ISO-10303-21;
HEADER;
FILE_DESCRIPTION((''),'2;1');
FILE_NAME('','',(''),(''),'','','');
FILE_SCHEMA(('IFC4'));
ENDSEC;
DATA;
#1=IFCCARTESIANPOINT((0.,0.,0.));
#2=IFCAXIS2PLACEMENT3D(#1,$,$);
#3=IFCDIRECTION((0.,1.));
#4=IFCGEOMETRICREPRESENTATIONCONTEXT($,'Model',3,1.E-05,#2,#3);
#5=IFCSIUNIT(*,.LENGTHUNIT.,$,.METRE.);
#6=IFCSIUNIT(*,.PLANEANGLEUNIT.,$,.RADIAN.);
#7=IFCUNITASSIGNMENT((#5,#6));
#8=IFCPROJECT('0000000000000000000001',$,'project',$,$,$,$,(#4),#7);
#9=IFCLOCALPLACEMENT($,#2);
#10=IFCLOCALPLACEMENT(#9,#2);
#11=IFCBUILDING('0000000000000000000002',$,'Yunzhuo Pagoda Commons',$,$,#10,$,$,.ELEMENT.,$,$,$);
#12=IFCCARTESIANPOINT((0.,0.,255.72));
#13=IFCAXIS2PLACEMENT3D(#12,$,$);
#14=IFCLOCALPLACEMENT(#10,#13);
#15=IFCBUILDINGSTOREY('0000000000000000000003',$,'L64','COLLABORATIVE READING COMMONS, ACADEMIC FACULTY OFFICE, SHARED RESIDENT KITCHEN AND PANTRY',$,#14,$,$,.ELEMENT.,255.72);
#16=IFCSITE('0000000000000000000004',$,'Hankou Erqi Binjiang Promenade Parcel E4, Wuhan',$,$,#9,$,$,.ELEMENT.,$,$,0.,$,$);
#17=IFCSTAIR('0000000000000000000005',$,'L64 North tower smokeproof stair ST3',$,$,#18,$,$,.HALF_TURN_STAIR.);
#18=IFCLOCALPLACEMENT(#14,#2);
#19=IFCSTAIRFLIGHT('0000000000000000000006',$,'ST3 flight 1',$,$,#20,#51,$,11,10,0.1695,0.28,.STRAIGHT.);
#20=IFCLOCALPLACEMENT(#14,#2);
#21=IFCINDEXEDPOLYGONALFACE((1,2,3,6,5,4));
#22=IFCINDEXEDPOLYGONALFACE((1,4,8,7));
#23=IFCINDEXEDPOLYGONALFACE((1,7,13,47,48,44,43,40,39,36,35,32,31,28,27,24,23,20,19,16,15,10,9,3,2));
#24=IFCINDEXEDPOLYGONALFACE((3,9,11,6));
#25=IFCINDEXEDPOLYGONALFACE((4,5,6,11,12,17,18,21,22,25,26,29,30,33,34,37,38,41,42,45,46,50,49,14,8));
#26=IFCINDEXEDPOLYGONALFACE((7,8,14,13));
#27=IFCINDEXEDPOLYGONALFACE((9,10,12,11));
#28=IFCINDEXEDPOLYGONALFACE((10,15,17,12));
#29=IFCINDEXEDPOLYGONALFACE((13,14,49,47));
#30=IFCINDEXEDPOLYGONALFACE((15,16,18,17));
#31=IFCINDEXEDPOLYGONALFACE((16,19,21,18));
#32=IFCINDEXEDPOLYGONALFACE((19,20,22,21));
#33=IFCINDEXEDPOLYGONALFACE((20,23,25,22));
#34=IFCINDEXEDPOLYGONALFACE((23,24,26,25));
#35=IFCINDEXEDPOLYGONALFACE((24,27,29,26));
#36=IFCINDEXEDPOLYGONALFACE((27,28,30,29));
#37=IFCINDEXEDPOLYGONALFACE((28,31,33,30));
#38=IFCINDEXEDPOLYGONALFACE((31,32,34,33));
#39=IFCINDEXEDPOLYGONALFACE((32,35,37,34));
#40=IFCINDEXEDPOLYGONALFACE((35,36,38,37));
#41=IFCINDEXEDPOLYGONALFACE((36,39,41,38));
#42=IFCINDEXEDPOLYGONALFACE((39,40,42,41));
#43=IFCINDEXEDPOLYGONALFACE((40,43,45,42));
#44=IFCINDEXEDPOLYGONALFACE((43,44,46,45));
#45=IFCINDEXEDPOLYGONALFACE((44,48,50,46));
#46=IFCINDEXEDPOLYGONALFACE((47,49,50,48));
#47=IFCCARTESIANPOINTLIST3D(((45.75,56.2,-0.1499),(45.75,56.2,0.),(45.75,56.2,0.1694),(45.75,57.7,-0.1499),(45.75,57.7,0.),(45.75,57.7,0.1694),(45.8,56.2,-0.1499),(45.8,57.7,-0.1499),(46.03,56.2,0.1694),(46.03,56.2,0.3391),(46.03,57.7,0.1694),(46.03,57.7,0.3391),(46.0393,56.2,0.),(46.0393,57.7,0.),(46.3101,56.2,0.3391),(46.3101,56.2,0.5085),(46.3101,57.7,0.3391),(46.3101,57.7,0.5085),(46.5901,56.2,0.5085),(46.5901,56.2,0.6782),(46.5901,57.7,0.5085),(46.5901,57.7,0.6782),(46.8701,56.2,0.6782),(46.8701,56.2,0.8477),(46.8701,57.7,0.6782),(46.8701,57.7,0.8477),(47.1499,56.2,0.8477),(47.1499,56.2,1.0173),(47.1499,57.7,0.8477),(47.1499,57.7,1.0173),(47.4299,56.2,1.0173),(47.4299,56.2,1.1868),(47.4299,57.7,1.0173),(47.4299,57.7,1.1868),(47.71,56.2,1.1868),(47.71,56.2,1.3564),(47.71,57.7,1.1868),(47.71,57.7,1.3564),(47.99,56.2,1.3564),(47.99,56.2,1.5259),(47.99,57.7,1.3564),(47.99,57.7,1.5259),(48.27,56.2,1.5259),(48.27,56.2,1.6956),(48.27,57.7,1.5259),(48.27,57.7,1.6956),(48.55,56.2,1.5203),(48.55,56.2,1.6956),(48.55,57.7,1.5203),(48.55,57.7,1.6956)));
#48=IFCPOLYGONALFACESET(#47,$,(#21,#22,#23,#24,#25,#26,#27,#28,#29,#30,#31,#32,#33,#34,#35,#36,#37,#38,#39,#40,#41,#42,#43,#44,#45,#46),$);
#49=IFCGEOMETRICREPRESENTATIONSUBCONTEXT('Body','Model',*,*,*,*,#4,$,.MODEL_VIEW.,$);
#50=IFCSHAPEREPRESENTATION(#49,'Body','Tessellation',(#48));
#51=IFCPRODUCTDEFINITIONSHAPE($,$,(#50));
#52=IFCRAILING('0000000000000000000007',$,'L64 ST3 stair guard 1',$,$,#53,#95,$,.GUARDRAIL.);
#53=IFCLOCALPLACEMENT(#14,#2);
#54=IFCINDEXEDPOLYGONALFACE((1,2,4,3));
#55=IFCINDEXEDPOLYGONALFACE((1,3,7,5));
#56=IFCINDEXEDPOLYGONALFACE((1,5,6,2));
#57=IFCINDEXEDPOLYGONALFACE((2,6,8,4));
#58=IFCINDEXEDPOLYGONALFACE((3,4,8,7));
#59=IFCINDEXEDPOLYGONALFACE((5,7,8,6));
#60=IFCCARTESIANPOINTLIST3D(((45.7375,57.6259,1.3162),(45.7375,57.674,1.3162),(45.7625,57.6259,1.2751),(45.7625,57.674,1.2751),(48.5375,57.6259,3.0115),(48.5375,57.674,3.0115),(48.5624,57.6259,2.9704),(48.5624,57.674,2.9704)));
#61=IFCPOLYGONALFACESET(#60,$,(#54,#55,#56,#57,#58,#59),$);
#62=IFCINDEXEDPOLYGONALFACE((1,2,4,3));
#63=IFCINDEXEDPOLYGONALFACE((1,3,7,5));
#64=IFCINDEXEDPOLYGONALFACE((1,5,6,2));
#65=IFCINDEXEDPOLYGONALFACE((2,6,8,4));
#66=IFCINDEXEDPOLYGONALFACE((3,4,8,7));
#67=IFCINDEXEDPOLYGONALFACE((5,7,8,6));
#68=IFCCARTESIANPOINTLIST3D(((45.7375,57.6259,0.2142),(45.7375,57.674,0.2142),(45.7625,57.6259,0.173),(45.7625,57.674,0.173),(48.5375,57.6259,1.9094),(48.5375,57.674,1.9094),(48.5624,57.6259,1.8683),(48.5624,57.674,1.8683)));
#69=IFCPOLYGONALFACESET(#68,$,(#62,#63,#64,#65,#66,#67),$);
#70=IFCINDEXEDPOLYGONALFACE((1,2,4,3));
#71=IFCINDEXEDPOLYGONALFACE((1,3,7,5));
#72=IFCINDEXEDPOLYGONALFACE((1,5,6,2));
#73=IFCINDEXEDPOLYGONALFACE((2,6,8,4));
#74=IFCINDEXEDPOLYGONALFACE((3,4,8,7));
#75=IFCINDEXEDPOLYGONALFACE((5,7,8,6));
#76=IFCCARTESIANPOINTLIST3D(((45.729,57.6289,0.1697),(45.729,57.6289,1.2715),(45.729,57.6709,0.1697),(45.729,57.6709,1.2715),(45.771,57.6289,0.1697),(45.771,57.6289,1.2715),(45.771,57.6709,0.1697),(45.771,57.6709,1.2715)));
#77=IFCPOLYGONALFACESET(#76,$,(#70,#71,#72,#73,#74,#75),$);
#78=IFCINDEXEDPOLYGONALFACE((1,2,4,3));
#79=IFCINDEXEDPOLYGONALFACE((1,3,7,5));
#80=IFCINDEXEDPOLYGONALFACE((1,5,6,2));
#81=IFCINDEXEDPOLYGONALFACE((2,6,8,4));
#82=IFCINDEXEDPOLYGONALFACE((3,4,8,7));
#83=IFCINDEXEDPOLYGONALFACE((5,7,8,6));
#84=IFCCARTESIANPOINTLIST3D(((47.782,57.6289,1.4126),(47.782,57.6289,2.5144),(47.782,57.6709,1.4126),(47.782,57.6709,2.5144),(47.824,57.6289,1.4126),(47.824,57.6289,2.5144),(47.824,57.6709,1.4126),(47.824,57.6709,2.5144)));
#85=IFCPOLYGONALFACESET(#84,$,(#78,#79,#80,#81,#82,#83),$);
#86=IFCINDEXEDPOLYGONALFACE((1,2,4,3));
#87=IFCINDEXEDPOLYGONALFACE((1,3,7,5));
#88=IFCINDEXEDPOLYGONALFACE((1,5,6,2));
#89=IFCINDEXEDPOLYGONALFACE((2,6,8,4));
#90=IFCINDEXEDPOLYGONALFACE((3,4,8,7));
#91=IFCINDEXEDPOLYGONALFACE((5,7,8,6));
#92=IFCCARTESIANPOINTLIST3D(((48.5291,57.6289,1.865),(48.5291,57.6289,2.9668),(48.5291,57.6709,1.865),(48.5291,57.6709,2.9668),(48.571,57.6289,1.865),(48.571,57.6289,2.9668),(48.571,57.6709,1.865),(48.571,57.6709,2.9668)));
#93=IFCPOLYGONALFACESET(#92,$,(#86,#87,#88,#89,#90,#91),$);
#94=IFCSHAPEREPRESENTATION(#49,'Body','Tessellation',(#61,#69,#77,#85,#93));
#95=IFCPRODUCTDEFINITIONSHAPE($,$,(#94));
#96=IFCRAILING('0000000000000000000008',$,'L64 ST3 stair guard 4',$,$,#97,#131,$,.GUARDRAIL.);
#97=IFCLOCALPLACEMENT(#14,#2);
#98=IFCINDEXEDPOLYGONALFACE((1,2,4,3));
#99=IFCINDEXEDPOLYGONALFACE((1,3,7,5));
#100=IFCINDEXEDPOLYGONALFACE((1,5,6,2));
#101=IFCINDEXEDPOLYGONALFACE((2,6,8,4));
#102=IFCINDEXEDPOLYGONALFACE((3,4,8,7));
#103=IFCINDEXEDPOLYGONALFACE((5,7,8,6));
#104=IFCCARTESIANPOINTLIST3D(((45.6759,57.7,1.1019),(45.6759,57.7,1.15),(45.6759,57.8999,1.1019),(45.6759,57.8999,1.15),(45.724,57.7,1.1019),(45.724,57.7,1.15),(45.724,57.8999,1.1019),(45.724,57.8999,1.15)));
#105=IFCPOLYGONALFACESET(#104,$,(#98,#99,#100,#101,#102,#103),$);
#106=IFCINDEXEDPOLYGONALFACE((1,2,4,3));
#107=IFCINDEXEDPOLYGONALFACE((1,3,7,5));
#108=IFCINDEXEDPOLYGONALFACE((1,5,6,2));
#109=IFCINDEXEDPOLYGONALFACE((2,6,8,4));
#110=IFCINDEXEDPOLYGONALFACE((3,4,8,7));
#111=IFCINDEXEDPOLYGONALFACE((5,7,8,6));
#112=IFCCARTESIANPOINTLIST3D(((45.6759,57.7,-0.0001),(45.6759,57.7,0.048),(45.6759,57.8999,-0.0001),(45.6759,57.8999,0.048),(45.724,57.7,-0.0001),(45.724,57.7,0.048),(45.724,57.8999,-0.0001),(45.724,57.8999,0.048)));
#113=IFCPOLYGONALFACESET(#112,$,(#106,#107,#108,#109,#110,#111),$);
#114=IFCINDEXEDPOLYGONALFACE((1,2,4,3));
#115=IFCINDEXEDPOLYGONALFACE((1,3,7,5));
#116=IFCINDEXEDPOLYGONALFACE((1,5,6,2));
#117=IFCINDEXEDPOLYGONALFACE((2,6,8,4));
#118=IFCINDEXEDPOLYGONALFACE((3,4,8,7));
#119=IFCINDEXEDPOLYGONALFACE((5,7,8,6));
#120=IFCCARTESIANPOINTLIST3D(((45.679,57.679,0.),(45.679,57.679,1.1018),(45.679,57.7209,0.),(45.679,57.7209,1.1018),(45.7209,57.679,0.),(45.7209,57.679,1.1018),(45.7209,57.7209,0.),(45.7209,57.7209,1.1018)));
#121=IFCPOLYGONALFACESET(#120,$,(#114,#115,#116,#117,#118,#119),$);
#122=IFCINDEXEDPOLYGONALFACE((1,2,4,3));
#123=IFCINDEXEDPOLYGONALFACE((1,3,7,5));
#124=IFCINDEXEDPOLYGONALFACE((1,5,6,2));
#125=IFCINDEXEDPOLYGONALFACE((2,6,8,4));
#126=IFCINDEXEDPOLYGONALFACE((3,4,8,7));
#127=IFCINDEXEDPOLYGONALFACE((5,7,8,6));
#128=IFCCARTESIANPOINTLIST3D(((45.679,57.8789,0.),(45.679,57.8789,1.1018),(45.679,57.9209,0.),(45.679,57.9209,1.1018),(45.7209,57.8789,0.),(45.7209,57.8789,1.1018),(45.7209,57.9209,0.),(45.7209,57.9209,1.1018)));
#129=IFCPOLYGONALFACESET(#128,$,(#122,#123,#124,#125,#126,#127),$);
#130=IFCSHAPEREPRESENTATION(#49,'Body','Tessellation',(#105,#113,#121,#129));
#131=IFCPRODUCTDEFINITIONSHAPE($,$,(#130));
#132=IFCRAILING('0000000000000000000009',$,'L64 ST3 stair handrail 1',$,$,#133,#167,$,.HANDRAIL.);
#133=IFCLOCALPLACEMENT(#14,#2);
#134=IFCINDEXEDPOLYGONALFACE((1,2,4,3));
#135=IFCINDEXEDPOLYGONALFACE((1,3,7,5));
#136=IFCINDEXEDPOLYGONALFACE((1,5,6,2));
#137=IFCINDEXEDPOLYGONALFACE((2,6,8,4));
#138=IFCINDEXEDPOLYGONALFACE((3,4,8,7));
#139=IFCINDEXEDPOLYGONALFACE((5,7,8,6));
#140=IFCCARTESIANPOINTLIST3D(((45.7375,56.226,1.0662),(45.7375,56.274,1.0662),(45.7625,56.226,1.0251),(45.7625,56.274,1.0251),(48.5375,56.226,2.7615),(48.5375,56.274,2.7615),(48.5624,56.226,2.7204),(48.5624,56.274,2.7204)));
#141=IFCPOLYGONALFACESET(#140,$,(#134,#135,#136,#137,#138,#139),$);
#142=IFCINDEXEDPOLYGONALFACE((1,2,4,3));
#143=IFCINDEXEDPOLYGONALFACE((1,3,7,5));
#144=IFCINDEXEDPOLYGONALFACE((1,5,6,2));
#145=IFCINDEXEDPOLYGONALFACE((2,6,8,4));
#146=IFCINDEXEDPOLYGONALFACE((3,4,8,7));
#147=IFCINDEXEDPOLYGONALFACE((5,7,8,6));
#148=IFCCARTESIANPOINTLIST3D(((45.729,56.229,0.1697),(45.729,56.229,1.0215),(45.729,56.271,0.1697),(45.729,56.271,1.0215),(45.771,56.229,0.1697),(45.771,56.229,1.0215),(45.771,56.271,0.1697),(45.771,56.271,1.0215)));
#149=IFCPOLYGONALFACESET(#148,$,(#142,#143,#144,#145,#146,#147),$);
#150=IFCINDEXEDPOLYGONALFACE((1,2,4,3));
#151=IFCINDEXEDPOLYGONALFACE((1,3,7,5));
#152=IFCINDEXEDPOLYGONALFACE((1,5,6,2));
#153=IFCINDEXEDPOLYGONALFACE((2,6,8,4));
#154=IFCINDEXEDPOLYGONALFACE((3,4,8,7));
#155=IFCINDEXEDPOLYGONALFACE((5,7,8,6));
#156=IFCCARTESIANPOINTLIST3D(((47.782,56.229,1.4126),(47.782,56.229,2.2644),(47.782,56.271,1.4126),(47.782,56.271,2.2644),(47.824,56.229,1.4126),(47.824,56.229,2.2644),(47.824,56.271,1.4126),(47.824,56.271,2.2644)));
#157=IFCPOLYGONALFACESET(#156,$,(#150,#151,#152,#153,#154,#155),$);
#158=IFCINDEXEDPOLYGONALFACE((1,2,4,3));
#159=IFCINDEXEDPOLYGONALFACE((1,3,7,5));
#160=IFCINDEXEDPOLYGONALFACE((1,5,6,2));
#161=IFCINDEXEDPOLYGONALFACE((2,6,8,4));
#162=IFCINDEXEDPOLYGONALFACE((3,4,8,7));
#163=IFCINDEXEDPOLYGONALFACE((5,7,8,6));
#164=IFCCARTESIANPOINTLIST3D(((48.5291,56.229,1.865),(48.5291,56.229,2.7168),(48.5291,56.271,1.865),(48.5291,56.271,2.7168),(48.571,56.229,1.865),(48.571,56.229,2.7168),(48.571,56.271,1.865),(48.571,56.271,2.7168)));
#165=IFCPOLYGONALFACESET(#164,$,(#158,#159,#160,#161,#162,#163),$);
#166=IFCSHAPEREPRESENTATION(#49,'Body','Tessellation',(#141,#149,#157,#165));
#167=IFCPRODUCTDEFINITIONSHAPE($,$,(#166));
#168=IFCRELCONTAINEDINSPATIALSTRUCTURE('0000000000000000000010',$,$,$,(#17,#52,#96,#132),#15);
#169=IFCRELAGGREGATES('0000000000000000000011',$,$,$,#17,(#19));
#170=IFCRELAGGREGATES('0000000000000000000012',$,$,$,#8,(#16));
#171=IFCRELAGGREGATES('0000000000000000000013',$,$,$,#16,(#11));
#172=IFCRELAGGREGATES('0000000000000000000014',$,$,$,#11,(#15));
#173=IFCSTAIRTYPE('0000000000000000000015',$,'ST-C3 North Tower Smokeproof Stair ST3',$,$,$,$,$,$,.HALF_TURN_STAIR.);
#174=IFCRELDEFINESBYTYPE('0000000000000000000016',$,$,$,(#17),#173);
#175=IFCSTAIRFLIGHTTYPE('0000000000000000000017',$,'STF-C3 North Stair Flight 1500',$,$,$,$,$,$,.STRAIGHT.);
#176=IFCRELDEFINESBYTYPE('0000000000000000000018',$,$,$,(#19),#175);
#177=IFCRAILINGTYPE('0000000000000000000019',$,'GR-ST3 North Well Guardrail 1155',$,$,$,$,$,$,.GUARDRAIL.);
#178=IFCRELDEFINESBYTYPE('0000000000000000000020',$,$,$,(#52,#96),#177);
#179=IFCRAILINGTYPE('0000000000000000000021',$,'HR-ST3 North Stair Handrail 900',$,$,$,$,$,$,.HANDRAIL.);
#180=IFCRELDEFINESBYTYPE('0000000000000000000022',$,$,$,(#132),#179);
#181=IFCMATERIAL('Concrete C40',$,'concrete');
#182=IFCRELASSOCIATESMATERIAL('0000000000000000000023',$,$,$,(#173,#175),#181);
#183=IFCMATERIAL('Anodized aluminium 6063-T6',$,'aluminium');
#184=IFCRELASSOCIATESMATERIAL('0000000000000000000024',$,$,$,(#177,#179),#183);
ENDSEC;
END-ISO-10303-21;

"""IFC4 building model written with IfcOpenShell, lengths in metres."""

from ifc_helpers import new_model, si_unit, direction, frame, origin, origin_2d, place, context, subcontext, project, spatial, polyline, rectangle, outline, extrude, source, transform, mapped, material, type_object, element, aggregate, save


model = new_model("IFC4")

# Units and contexts
model_context = context("Model", 3, precision=1e-05, world=origin(), true_north=direction((0.0, 1.0)))
body_context = subcontext(model_context, "Body", "Model", "MODEL_VIEW")
ifc_project = project(units=[si_unit("LENGTHUNIT", "METRE"), si_unit("PLANEANGLEUNIT", "RADIAN")], contexts=[model_context])

# Site, building, storey
site_placement = place(None, origin())
site = spatial("IfcSite", under=ifc_project, at=site_placement, Name="Hankou Erqi Binjiang Promenade Parcel E4, Wuhan", CompositionType="ELEMENT", RefElevation=0.0)
building_placement = place(site_placement, origin())
building = spatial("IfcBuilding", under=site, at=building_placement, Name="Yunzhuo Pagoda Commons", CompositionType="ELEMENT")
storey_placement = place(building_placement, frame((0.0, 0.0, 255.72)))
storey = spatial("IfcBuildingStorey", under=building, at=storey_placement, Name="L64", Description="COLLABORATIVE READING COMMONS, ACADEMIC FACULTY OFFICE, SHARED RESIDENT KITCHEN AND PANTRY", CompositionType="ELEMENT", Elevation=255.72)

# Shared definitions
ifc_material_1 = material(Name="Anodized aluminium 6063-T6", Category="aluminium")

# Stair, stair flight
ifc_material_2 = material(Name="Concrete C40", Category="concrete")
stair_type = type_object("IfcStairType", Name="ST-C3 North Tower Smokeproof Stair ST3", PredefinedType="HALF_TURN_STAIR", material=ifc_material_2)
stair_placement = place(storey_placement, origin())
stair = element("IfcStair", 1, at=stair_placement, inside=storey, type_object=stair_type, Name="L64 North tower smokeproof stair ST3", PredefinedType="HALF_TURN_STAIR")
stair_flight_type = type_object("IfcStairFlightType", Name="STF-C3 North Stair Flight 1500", PredefinedType="STRAIGHT", material=ifc_material_2)
shared_shape_1 = source(origin(), body_context, "Body", "SweptSolid", [
    extrude(outline(polyline([(0.0, -0.1499), (0.0, 0.0), (0.0, 0.1694), (0.28, 0.1694), (0.28, 0.3391), (0.5601, 0.3391), (0.5601, 0.5085), (0.8401, 0.5085), (0.8401, 0.6782), (1.1201, 0.6782), (1.1201, 0.8477), (1.3999, 0.8477), (1.3999, 1.0173), (1.6799, 1.0173), (1.6799, 1.1868), (1.96, 1.1868), (1.96, 1.3564), (2.24, 1.3564), (2.24, 1.5259), (2.52, 1.5259), (2.52, 1.6956), (2.8, 1.6956), (2.8, 1.865), (2.8, 1.5203), (0.2893, 0.0), (0.05, -0.1499), (0.0, -0.1499)])), frame((0.0, 0.75, 0.0), z_axis=(0.0, -1.0, 0.0), x_axis=(1.0, 0.0, 0.0)), (0.0, 0.0, 1.0), 1.5),
])
stair_flight_placement = place(storey_placement, frame((45.75, 56.95, 0.0), z_axis=(0.0, 0.0, 1.0), x_axis=(1.0, 0.0, 0.0)))
stair_flight = element("IfcStairFlight", 2, at=stair_flight_placement, type_object=stair_flight_type, Name="ST3 flight 1", NumberOfRisers=11, NumberOfTreads=10, PredefinedType="STRAIGHT", RiserHeight=0.1695, TreadLength=0.28, context=body_context, shape_type="MappedRepresentation", body=[
    mapped(shared_shape_1, transform((0.0, 0.0, 0.0), scale=1.0)),
])
aggregate(stair, [stair_flight])

# Railings
railing_type_1 = type_object("IfcRailingType", Name="GR-ST3 North Well Guardrail 1155", PredefinedType="GUARDRAIL", material=ifc_material_1)
railing_1_placement = place(storey_placement, frame((45.75, 57.6499, 0.1697)))
element("IfcRailing", 3, at=railing_1_placement, inside=storey, type_object=railing_type_1, Name="L64 ST3 stair guard 1", PredefinedType="GUARDRAIL", context=body_context, shape_type="SweptSolid", body=[
    extrude(rectangle(XDim=0.0481, YDim=0.0481, at=origin_2d()), frame((0.0, 0.0, 1.126), z_axis=(0.855426, 0.0, 0.517925), x_axis=(0.0, 1.0, 0.0)), (0.0, 0.0, 1.0), 3.2732),
    extrude(rectangle(XDim=0.0481, YDim=0.0481, at=origin_2d()), frame((0.0, 0.0, 0.0239), z_axis=(0.855426, 0.0, 0.517925), x_axis=(0.0, 1.0, 0.0)), (0.0, 0.0, 1.0), 3.2732),
    extrude(rectangle(XDim=0.042, YDim=0.042, at=origin_2d()), origin(), (0.0, 0.0, 1.0), 1.1018),
    extrude(rectangle(XDim=0.042, YDim=0.042, at=origin_2d()), frame((2.053, 0.0, 1.2429)), (0.0, 0.0, 1.0), 1.1018),
    extrude(rectangle(XDim=0.042, YDim=0.042, at=origin_2d()), frame((2.8, 0.0, 1.6953)), (0.0, 0.0, 1.0), 1.1018),
])
railing_2_placement = place(storey_placement, frame((45.7, 57.7, 0.0)))
element("IfcRailing", 4, at=railing_2_placement, inside=storey, type_object=railing_type_1, Name="L64 ST3 stair guard 4", PredefinedType="GUARDRAIL", context=body_context, shape_type="SweptSolid", body=[
    extrude(rectangle(XDim=0.0481, YDim=0.0481, at=origin_2d()), frame((0.0, 0.0, 1.126), z_axis=(0.0, 1.0, 0.0), x_axis=(-1.0, 0.0, 0.0)), (0.0, 0.0, 1.0), 0.2),
    extrude(rectangle(XDim=0.0481, YDim=0.0481, at=origin_2d()), frame((0.0, 0.0, 0.0239), z_axis=(0.0, 1.0, 0.0), x_axis=(-1.0, 0.0, 0.0)), (0.0, 0.0, 1.0), 0.2),
    extrude(rectangle(XDim=0.042, YDim=0.042, at=origin_2d()), origin(), (0.0, 0.0, 1.0), 1.1018),
    extrude(rectangle(XDim=0.042, YDim=0.042, at=origin_2d()), frame((0.0, 0.2, 0.0)), (0.0, 0.0, 1.0), 1.1018),
])
railing_type_2 = type_object("IfcRailingType", Name="HR-ST3 North Stair Handrail 900", PredefinedType="HANDRAIL", material=ifc_material_1)
railing_3_placement = place(storey_placement, frame((45.75, 56.25, 0.1697)))
element("IfcRailing", 5, at=railing_3_placement, inside=storey, type_object=railing_type_2, Name="L64 ST3 stair handrail 1", PredefinedType="HANDRAIL", context=body_context, shape_type="SweptSolid", body=[
    extrude(rectangle(XDim=0.0481, YDim=0.0481, at=origin_2d()), frame((0.0, 0.0, 0.876), z_axis=(0.855426, 0.0, 0.517925), x_axis=(0.0, 1.0, 0.0)), (0.0, 0.0, 1.0), 3.2732),
    extrude(rectangle(XDim=0.042, YDim=0.042, at=origin_2d()), origin(), (0.0, 0.0, 1.0), 0.8518),
    extrude(rectangle(XDim=0.042, YDim=0.042, at=origin_2d()), frame((2.053, 0.0, 1.2429)), (0.0, 0.0, 1.0), 0.8518),
    extrude(rectangle(XDim=0.042, YDim=0.042, at=origin_2d()), frame((2.8, 0.0, 1.6953)), (0.0, 0.0, 1.0), 0.8518),
])

save(model, "model.ifc")
